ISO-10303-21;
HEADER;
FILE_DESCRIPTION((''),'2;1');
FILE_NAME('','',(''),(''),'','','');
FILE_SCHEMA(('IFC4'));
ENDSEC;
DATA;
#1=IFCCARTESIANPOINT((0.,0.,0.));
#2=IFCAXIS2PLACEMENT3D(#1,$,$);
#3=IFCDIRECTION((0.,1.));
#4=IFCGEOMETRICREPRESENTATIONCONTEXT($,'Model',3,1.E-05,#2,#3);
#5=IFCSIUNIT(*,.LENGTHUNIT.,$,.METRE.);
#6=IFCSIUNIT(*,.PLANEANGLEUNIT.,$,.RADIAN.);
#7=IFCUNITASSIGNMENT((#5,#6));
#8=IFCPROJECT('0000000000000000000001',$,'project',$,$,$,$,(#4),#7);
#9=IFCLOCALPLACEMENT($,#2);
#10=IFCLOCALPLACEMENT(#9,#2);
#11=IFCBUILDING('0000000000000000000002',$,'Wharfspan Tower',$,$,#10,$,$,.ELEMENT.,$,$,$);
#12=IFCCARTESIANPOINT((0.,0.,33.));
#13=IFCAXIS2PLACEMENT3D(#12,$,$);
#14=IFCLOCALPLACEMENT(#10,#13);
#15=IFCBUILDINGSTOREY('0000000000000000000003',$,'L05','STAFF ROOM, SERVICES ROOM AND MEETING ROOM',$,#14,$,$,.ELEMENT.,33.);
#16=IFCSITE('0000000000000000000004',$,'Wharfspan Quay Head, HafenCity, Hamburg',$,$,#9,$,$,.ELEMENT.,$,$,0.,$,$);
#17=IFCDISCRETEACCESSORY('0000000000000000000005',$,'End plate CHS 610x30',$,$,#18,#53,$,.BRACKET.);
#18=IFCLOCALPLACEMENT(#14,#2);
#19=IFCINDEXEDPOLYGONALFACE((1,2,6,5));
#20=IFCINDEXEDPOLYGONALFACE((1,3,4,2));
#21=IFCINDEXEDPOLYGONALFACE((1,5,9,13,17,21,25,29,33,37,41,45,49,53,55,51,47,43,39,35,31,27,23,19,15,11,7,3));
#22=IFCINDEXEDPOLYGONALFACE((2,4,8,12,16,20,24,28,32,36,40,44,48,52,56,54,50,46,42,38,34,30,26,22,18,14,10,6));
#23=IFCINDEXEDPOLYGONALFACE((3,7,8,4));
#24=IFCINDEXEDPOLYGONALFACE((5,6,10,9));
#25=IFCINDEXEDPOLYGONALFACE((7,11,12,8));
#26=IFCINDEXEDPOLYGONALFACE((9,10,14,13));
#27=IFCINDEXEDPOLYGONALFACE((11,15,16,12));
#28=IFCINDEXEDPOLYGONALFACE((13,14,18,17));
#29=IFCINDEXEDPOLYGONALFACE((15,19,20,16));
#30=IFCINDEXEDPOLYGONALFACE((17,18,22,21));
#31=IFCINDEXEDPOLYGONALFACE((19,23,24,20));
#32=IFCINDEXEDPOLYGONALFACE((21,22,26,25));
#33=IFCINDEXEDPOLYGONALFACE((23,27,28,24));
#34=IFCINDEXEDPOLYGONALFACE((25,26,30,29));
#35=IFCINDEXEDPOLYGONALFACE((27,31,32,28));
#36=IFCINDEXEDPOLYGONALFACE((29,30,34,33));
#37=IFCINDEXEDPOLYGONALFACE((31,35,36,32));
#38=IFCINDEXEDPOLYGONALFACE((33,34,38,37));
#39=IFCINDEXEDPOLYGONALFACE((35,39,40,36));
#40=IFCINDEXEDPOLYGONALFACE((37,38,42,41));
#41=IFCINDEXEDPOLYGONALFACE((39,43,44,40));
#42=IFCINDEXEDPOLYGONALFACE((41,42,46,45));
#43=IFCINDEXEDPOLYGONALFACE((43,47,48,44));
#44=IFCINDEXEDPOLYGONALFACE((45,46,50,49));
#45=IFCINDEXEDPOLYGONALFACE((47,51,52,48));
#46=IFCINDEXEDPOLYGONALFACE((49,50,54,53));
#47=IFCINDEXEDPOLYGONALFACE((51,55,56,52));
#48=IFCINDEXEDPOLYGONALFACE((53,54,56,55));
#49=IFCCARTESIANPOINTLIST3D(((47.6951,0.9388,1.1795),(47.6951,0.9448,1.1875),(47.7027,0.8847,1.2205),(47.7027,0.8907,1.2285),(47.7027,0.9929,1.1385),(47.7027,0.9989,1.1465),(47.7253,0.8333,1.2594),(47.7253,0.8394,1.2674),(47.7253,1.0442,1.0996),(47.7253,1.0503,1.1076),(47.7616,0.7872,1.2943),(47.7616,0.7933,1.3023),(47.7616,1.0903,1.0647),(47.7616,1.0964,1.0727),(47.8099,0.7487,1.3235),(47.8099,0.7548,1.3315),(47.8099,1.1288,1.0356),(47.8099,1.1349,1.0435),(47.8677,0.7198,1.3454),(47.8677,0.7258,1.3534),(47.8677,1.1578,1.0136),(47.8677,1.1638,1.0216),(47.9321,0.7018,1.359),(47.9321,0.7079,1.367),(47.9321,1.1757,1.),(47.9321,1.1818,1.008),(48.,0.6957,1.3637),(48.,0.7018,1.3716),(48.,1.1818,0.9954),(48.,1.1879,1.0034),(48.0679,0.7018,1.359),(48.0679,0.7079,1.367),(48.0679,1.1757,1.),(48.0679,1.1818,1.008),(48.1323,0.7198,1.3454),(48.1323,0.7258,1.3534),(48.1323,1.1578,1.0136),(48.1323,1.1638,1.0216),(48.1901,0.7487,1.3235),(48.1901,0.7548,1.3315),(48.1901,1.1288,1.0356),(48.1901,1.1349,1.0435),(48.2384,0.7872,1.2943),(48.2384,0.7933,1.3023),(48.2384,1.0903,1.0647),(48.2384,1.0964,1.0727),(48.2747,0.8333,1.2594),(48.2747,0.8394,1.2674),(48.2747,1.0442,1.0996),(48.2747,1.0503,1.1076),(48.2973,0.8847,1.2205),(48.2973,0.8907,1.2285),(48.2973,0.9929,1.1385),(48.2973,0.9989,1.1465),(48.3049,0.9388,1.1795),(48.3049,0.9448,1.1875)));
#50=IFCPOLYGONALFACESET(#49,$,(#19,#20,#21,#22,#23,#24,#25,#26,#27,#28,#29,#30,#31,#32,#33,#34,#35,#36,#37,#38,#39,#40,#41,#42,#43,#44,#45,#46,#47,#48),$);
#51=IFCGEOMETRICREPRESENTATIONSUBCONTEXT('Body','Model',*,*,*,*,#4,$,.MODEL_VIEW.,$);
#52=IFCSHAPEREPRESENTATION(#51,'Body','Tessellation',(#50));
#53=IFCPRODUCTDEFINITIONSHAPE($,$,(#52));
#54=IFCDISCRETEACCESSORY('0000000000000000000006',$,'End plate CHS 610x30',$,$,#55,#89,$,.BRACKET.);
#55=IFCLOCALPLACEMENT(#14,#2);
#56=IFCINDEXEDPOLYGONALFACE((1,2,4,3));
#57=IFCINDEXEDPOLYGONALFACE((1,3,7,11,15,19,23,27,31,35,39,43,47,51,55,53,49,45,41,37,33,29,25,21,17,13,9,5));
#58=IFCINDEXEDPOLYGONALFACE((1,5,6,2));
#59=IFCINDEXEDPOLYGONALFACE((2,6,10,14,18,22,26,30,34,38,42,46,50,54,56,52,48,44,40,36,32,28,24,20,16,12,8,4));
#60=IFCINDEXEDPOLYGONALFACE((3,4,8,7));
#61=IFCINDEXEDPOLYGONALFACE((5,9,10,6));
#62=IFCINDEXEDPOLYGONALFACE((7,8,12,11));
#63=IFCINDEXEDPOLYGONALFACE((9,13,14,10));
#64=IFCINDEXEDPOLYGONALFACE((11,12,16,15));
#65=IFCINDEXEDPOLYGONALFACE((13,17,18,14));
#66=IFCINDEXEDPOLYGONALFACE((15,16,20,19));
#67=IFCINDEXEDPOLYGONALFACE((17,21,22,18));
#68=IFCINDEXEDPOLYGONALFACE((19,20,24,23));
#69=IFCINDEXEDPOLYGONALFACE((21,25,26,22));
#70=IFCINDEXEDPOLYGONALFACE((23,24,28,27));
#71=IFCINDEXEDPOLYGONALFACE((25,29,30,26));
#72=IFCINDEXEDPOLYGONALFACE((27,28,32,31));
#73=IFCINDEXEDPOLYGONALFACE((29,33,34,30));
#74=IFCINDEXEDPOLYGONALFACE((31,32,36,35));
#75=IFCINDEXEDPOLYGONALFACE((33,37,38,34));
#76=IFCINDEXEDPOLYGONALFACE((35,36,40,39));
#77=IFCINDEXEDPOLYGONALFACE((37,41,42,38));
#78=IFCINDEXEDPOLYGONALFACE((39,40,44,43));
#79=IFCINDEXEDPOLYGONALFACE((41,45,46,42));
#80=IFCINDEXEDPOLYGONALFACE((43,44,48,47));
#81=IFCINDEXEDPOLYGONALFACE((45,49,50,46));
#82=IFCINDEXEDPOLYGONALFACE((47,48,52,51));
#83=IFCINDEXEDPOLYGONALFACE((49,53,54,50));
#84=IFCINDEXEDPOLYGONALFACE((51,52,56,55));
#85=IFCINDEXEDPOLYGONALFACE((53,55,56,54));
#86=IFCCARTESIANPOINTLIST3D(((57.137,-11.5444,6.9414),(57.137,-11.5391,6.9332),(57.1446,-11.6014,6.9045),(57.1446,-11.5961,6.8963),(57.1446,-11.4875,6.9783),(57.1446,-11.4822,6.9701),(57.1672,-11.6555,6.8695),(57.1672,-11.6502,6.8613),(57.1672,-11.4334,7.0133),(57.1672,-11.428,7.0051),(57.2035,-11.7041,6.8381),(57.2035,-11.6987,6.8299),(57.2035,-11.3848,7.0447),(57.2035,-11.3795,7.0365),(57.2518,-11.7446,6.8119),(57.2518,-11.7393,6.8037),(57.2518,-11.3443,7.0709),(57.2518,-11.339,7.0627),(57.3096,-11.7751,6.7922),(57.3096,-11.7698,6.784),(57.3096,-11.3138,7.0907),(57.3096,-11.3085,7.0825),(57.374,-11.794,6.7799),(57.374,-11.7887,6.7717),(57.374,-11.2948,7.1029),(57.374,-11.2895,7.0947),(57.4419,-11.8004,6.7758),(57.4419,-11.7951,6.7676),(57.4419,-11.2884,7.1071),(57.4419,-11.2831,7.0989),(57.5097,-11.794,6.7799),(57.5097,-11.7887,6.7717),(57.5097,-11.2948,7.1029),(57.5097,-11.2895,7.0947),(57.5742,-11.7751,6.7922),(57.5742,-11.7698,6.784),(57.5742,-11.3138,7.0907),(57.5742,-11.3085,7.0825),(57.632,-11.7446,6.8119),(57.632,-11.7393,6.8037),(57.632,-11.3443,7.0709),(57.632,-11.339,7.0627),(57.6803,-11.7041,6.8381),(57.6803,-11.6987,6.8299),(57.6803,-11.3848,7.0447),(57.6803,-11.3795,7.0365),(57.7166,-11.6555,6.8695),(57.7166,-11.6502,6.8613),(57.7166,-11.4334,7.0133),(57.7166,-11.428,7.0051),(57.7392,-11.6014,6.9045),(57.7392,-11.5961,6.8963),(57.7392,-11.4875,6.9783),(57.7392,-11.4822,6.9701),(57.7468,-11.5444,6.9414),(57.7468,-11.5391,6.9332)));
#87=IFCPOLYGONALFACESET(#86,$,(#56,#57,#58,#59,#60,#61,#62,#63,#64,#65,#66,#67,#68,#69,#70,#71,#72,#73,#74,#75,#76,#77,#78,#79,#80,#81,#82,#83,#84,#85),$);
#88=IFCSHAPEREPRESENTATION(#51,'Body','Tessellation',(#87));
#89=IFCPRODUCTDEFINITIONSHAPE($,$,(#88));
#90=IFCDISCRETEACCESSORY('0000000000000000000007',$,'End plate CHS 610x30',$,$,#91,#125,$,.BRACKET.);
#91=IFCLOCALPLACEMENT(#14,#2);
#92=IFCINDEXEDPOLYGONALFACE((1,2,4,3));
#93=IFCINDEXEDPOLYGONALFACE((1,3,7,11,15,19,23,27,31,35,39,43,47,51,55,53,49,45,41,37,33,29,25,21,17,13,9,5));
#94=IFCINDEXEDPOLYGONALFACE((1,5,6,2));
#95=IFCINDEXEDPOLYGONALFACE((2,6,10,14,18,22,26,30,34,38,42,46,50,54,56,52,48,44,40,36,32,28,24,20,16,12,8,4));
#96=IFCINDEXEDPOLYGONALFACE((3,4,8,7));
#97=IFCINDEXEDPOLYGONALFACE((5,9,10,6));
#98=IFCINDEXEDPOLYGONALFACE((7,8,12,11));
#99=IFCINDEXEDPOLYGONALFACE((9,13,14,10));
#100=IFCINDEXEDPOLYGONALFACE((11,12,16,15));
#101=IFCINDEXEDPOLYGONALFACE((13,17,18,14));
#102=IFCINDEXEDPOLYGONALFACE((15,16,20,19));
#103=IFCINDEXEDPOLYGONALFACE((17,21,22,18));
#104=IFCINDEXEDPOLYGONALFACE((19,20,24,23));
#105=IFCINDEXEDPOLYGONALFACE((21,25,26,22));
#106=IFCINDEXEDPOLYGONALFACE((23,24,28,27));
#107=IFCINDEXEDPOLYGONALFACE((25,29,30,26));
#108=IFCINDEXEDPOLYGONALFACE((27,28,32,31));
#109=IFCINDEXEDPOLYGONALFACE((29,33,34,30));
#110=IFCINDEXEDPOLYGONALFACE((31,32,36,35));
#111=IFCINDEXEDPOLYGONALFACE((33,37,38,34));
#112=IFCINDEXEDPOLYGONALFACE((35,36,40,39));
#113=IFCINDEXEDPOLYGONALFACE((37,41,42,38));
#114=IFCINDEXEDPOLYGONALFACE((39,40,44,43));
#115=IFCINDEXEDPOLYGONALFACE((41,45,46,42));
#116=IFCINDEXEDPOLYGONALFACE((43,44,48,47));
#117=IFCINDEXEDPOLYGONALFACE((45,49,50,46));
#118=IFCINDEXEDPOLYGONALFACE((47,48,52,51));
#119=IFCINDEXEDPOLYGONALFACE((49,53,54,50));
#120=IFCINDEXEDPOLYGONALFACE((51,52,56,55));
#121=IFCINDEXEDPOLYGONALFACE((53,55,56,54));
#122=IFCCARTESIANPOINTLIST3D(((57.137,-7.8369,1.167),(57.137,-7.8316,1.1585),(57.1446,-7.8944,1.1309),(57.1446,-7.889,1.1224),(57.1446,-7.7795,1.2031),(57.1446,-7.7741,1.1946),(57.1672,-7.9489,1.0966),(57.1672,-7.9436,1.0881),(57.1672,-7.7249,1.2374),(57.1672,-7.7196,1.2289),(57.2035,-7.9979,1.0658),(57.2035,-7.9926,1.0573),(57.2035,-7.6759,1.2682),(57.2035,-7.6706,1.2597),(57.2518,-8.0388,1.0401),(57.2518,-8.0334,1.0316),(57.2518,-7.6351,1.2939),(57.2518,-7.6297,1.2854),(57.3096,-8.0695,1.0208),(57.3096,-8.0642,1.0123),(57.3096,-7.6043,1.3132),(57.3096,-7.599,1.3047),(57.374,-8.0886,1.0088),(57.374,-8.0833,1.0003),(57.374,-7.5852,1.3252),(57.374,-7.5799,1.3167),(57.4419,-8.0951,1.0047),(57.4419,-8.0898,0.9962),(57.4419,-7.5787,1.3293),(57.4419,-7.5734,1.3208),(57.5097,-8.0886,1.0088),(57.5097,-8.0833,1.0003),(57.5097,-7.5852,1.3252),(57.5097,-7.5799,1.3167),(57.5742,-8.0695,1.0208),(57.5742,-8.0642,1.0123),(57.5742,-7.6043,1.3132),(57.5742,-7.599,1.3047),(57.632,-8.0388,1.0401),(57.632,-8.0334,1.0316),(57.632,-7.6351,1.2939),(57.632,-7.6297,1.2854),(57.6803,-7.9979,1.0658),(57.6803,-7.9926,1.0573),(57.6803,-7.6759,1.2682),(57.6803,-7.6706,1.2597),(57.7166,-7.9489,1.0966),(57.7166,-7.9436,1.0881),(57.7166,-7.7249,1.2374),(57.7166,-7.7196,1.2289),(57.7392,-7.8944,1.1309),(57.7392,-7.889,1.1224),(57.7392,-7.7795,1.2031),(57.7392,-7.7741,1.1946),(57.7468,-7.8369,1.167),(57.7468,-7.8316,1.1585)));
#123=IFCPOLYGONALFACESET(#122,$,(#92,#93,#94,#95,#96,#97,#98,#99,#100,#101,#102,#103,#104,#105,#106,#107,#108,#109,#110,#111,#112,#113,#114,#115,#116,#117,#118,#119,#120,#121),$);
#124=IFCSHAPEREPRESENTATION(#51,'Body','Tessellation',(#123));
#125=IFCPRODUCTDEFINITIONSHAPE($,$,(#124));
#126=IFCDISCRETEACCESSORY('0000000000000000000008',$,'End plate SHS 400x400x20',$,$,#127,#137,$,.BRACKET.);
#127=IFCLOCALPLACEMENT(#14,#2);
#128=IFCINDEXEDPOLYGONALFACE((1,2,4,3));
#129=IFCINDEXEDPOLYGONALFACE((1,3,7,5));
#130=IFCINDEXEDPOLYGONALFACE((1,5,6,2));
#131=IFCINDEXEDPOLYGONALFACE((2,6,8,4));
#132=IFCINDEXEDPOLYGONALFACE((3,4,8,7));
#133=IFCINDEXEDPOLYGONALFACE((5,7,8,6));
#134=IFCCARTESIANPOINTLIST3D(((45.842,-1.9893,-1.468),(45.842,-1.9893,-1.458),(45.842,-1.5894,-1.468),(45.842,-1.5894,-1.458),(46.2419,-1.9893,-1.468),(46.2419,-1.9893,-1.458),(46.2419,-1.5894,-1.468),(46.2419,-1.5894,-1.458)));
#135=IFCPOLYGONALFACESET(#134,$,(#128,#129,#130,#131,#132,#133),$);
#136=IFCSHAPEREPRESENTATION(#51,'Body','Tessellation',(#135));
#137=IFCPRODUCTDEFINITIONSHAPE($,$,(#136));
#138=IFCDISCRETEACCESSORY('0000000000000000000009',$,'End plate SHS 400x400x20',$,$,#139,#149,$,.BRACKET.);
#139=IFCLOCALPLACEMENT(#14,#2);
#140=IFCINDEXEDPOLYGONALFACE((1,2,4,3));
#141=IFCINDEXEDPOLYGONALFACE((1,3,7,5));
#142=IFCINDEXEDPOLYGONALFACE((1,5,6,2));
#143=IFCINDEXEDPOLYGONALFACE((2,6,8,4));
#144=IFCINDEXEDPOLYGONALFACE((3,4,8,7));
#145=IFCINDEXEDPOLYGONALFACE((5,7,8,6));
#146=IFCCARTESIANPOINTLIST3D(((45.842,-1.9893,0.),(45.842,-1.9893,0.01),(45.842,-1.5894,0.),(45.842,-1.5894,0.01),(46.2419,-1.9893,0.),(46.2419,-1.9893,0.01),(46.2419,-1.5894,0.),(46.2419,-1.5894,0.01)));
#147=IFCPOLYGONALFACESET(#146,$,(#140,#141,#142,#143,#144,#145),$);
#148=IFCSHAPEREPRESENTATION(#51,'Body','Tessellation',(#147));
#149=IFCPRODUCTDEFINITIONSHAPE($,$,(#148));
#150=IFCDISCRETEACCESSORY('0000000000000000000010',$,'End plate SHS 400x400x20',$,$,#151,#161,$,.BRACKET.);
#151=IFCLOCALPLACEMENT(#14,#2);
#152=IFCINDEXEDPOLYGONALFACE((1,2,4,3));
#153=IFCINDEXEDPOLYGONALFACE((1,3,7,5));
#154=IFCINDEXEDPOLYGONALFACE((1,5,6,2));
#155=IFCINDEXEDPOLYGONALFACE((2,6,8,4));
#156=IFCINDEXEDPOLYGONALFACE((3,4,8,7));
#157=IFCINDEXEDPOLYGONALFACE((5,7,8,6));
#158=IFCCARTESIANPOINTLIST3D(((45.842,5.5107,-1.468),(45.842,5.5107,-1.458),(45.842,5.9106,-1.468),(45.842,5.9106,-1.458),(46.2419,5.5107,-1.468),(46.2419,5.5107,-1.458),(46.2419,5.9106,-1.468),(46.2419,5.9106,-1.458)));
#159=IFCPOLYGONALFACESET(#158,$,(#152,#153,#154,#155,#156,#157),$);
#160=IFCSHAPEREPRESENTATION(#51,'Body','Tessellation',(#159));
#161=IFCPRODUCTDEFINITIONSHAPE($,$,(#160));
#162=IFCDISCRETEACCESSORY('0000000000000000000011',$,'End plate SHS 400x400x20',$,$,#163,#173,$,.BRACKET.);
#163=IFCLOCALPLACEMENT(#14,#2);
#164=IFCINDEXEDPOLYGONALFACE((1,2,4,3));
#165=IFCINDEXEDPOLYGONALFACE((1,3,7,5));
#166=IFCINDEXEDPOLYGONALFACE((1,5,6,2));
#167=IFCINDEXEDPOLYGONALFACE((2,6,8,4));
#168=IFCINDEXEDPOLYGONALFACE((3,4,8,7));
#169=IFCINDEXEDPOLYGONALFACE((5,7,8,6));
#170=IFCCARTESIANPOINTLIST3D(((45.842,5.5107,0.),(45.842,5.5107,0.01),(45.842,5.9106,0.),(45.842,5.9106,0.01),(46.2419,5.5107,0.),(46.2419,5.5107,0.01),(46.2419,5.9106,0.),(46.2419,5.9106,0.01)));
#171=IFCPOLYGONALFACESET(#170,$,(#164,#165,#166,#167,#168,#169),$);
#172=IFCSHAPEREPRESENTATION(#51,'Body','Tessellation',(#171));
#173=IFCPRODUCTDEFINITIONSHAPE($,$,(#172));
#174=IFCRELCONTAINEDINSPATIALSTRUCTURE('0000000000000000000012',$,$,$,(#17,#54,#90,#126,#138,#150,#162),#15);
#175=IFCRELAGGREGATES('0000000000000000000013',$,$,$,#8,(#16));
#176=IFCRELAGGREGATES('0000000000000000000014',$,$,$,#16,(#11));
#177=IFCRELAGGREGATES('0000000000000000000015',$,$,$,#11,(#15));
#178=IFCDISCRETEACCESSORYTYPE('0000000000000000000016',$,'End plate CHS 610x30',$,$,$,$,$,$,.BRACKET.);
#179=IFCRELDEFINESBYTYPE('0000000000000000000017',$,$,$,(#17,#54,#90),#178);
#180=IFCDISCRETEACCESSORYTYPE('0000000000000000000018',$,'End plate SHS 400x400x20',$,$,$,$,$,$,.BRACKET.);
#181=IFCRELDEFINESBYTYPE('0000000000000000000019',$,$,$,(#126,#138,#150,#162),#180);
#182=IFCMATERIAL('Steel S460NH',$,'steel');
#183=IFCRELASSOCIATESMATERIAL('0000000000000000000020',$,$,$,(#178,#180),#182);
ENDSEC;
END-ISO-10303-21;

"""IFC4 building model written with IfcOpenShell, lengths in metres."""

from ifc_helpers import new_model, si_unit, direction, frame, origin, origin_2d, place, context, subcontext, project, spatial, rectangle, circle, extrude, material, material_profile, profile_set, type_object, element, save


model = new_model("IFC4")

# Units and contexts
model_context = context("Model", 3, precision=1e-05, world=origin(), true_north=direction((0.0, 1.0)))
body_context = subcontext(model_context, "Body", "Model", "MODEL_VIEW")
ifc_project = project(units=[si_unit("LENGTHUNIT", "METRE"), si_unit("PLANEANGLEUNIT", "RADIAN")], contexts=[model_context])

# Site, building, storey
site_placement = place(None, origin())
site = spatial("IfcSite", under=ifc_project, at=site_placement, Name="Wharfspan Quay Head, HafenCity, Hamburg", CompositionType="ELEMENT", RefElevation=0.0)
building_placement = place(site_placement, origin())
building = spatial("IfcBuilding", under=site, at=building_placement, Name="Wharfspan Tower", CompositionType="ELEMENT")
storey_placement = place(building_placement, frame((0.0, 0.0, 33.0)))
storey = spatial("IfcBuildingStorey", under=building, at=storey_placement, Name="L05", Description="STAFF ROOM, SERVICES ROOM AND MEETING ROOM", CompositionType="ELEMENT", Elevation=33.0)

# Shared definitions
ifc_material_1 = material(Name="Steel S460NH", Category="steel")

# Discrete accessories
ifc_material_profile_1 = material_profile(ifc_material_1, circle(Radius=0.3049, at=origin_2d()))
ifc_profile_set_1 = profile_set([ifc_material_profile_1], Name="Steel S460NH")
discrete_accessory_type_1 = type_object("IfcDiscreteAccessoryType", Name="End plate CHS 610x30", PredefinedType="BRACKET", material=ifc_profile_set_1)
for number, where, z_axis, x_axis, name in (
    (1, (48.0, 0.9448, 1.1875), (0.0, -0.603858, -0.797092), (1.0, 0.0, 0.0), "End plate CHS 610x30"),
):
    element("IfcDiscreteAccessory", number, at=place(storey_placement, frame(where, z_axis=z_axis, x_axis=x_axis)), inside=storey, type_object=discrete_accessory_type_1, Name=name, PredefinedType="BRACKET", context=body_context, shape_type="SweptSolid", body=[
        extrude(circle(Radius=0.3049, at=origin_2d()), origin(), (0.0, 0.0, 1.0), 0.01),
    ])
discrete_accessory_1_placement = place(storey_placement, frame((57.4419, -11.5444, 6.9414), z_axis=(0.0, 0.543251, -0.83957), x_axis=(-1.0, 0.0, 0.0)))
element("IfcDiscreteAccessory", 2, at=discrete_accessory_1_placement, inside=storey, type_object=discrete_accessory_type_1, Name="End plate CHS 610x30", PredefinedType="BRACKET", context=body_context, shape_type="SweptSolid", body=[
    extrude(circle(Radius=0.3049, at=origin_2d()), origin(), (0.0, 0.0, 1.0), 0.0098),
])
discrete_accessory_2_placement = place(storey_placement, frame((57.4419, -7.8369, 1.167), z_axis=(0.0, 0.532172, -0.846637), x_axis=(-1.0, 0.0, 0.0)))
element("IfcDiscreteAccessory", 3, at=discrete_accessory_2_placement, inside=storey, type_object=discrete_accessory_type_1, Name="End plate CHS 610x30", PredefinedType="BRACKET", context=body_context, shape_type="SweptSolid", body=[
    extrude(circle(Radius=0.3049, at=origin_2d()), origin(), (0.0, 0.0, 1.0), 0.01),
])
ifc_material_profile_2 = material_profile(ifc_material_1, rectangle(XDim=0.3999, YDim=0.3999, at=origin_2d()))
ifc_profile_set_2 = profile_set([ifc_material_profile_2], Name="Steel S460NH")
discrete_accessory_type_2 = type_object("IfcDiscreteAccessoryType", Name="End plate SHS 400x400x20", PredefinedType="BRACKET", material=ifc_profile_set_2)
for number, where, z_axis, x_axis, name in (
    (4, (46.042, -1.7893, -1.468), (0.0, 0.0, 1.0), (1.0, 0.0, 0.0), "End plate SHS 400x400x20"),
    (5, (46.042, -1.7893, 0.0), (0.0, 0.0, 1.0), (1.0, 0.0, 0.0), "End plate SHS 400x400x20"),
    (6, (46.042, 5.7107, -1.468), (0.0, 0.0, 1.0), (1.0, 0.0, 0.0), "End plate SHS 400x400x20"),
    (7, (46.042, 5.7107, 0.0), (0.0, 0.0, 1.0), (1.0, 0.0, 0.0), "End plate SHS 400x400x20"),
):
    element("IfcDiscreteAccessory", number, at=place(storey_placement, frame(where, z_axis=z_axis, x_axis=x_axis)), inside=storey, type_object=discrete_accessory_type_2, Name=name, PredefinedType="BRACKET", context=body_context, shape_type="SweptSolid", body=[
        extrude(rectangle(XDim=0.3999, YDim=0.3999, at=origin_2d()), origin(), (0.0, 0.0, 1.0), 0.01),
    ])

save(model, "model.ifc")
